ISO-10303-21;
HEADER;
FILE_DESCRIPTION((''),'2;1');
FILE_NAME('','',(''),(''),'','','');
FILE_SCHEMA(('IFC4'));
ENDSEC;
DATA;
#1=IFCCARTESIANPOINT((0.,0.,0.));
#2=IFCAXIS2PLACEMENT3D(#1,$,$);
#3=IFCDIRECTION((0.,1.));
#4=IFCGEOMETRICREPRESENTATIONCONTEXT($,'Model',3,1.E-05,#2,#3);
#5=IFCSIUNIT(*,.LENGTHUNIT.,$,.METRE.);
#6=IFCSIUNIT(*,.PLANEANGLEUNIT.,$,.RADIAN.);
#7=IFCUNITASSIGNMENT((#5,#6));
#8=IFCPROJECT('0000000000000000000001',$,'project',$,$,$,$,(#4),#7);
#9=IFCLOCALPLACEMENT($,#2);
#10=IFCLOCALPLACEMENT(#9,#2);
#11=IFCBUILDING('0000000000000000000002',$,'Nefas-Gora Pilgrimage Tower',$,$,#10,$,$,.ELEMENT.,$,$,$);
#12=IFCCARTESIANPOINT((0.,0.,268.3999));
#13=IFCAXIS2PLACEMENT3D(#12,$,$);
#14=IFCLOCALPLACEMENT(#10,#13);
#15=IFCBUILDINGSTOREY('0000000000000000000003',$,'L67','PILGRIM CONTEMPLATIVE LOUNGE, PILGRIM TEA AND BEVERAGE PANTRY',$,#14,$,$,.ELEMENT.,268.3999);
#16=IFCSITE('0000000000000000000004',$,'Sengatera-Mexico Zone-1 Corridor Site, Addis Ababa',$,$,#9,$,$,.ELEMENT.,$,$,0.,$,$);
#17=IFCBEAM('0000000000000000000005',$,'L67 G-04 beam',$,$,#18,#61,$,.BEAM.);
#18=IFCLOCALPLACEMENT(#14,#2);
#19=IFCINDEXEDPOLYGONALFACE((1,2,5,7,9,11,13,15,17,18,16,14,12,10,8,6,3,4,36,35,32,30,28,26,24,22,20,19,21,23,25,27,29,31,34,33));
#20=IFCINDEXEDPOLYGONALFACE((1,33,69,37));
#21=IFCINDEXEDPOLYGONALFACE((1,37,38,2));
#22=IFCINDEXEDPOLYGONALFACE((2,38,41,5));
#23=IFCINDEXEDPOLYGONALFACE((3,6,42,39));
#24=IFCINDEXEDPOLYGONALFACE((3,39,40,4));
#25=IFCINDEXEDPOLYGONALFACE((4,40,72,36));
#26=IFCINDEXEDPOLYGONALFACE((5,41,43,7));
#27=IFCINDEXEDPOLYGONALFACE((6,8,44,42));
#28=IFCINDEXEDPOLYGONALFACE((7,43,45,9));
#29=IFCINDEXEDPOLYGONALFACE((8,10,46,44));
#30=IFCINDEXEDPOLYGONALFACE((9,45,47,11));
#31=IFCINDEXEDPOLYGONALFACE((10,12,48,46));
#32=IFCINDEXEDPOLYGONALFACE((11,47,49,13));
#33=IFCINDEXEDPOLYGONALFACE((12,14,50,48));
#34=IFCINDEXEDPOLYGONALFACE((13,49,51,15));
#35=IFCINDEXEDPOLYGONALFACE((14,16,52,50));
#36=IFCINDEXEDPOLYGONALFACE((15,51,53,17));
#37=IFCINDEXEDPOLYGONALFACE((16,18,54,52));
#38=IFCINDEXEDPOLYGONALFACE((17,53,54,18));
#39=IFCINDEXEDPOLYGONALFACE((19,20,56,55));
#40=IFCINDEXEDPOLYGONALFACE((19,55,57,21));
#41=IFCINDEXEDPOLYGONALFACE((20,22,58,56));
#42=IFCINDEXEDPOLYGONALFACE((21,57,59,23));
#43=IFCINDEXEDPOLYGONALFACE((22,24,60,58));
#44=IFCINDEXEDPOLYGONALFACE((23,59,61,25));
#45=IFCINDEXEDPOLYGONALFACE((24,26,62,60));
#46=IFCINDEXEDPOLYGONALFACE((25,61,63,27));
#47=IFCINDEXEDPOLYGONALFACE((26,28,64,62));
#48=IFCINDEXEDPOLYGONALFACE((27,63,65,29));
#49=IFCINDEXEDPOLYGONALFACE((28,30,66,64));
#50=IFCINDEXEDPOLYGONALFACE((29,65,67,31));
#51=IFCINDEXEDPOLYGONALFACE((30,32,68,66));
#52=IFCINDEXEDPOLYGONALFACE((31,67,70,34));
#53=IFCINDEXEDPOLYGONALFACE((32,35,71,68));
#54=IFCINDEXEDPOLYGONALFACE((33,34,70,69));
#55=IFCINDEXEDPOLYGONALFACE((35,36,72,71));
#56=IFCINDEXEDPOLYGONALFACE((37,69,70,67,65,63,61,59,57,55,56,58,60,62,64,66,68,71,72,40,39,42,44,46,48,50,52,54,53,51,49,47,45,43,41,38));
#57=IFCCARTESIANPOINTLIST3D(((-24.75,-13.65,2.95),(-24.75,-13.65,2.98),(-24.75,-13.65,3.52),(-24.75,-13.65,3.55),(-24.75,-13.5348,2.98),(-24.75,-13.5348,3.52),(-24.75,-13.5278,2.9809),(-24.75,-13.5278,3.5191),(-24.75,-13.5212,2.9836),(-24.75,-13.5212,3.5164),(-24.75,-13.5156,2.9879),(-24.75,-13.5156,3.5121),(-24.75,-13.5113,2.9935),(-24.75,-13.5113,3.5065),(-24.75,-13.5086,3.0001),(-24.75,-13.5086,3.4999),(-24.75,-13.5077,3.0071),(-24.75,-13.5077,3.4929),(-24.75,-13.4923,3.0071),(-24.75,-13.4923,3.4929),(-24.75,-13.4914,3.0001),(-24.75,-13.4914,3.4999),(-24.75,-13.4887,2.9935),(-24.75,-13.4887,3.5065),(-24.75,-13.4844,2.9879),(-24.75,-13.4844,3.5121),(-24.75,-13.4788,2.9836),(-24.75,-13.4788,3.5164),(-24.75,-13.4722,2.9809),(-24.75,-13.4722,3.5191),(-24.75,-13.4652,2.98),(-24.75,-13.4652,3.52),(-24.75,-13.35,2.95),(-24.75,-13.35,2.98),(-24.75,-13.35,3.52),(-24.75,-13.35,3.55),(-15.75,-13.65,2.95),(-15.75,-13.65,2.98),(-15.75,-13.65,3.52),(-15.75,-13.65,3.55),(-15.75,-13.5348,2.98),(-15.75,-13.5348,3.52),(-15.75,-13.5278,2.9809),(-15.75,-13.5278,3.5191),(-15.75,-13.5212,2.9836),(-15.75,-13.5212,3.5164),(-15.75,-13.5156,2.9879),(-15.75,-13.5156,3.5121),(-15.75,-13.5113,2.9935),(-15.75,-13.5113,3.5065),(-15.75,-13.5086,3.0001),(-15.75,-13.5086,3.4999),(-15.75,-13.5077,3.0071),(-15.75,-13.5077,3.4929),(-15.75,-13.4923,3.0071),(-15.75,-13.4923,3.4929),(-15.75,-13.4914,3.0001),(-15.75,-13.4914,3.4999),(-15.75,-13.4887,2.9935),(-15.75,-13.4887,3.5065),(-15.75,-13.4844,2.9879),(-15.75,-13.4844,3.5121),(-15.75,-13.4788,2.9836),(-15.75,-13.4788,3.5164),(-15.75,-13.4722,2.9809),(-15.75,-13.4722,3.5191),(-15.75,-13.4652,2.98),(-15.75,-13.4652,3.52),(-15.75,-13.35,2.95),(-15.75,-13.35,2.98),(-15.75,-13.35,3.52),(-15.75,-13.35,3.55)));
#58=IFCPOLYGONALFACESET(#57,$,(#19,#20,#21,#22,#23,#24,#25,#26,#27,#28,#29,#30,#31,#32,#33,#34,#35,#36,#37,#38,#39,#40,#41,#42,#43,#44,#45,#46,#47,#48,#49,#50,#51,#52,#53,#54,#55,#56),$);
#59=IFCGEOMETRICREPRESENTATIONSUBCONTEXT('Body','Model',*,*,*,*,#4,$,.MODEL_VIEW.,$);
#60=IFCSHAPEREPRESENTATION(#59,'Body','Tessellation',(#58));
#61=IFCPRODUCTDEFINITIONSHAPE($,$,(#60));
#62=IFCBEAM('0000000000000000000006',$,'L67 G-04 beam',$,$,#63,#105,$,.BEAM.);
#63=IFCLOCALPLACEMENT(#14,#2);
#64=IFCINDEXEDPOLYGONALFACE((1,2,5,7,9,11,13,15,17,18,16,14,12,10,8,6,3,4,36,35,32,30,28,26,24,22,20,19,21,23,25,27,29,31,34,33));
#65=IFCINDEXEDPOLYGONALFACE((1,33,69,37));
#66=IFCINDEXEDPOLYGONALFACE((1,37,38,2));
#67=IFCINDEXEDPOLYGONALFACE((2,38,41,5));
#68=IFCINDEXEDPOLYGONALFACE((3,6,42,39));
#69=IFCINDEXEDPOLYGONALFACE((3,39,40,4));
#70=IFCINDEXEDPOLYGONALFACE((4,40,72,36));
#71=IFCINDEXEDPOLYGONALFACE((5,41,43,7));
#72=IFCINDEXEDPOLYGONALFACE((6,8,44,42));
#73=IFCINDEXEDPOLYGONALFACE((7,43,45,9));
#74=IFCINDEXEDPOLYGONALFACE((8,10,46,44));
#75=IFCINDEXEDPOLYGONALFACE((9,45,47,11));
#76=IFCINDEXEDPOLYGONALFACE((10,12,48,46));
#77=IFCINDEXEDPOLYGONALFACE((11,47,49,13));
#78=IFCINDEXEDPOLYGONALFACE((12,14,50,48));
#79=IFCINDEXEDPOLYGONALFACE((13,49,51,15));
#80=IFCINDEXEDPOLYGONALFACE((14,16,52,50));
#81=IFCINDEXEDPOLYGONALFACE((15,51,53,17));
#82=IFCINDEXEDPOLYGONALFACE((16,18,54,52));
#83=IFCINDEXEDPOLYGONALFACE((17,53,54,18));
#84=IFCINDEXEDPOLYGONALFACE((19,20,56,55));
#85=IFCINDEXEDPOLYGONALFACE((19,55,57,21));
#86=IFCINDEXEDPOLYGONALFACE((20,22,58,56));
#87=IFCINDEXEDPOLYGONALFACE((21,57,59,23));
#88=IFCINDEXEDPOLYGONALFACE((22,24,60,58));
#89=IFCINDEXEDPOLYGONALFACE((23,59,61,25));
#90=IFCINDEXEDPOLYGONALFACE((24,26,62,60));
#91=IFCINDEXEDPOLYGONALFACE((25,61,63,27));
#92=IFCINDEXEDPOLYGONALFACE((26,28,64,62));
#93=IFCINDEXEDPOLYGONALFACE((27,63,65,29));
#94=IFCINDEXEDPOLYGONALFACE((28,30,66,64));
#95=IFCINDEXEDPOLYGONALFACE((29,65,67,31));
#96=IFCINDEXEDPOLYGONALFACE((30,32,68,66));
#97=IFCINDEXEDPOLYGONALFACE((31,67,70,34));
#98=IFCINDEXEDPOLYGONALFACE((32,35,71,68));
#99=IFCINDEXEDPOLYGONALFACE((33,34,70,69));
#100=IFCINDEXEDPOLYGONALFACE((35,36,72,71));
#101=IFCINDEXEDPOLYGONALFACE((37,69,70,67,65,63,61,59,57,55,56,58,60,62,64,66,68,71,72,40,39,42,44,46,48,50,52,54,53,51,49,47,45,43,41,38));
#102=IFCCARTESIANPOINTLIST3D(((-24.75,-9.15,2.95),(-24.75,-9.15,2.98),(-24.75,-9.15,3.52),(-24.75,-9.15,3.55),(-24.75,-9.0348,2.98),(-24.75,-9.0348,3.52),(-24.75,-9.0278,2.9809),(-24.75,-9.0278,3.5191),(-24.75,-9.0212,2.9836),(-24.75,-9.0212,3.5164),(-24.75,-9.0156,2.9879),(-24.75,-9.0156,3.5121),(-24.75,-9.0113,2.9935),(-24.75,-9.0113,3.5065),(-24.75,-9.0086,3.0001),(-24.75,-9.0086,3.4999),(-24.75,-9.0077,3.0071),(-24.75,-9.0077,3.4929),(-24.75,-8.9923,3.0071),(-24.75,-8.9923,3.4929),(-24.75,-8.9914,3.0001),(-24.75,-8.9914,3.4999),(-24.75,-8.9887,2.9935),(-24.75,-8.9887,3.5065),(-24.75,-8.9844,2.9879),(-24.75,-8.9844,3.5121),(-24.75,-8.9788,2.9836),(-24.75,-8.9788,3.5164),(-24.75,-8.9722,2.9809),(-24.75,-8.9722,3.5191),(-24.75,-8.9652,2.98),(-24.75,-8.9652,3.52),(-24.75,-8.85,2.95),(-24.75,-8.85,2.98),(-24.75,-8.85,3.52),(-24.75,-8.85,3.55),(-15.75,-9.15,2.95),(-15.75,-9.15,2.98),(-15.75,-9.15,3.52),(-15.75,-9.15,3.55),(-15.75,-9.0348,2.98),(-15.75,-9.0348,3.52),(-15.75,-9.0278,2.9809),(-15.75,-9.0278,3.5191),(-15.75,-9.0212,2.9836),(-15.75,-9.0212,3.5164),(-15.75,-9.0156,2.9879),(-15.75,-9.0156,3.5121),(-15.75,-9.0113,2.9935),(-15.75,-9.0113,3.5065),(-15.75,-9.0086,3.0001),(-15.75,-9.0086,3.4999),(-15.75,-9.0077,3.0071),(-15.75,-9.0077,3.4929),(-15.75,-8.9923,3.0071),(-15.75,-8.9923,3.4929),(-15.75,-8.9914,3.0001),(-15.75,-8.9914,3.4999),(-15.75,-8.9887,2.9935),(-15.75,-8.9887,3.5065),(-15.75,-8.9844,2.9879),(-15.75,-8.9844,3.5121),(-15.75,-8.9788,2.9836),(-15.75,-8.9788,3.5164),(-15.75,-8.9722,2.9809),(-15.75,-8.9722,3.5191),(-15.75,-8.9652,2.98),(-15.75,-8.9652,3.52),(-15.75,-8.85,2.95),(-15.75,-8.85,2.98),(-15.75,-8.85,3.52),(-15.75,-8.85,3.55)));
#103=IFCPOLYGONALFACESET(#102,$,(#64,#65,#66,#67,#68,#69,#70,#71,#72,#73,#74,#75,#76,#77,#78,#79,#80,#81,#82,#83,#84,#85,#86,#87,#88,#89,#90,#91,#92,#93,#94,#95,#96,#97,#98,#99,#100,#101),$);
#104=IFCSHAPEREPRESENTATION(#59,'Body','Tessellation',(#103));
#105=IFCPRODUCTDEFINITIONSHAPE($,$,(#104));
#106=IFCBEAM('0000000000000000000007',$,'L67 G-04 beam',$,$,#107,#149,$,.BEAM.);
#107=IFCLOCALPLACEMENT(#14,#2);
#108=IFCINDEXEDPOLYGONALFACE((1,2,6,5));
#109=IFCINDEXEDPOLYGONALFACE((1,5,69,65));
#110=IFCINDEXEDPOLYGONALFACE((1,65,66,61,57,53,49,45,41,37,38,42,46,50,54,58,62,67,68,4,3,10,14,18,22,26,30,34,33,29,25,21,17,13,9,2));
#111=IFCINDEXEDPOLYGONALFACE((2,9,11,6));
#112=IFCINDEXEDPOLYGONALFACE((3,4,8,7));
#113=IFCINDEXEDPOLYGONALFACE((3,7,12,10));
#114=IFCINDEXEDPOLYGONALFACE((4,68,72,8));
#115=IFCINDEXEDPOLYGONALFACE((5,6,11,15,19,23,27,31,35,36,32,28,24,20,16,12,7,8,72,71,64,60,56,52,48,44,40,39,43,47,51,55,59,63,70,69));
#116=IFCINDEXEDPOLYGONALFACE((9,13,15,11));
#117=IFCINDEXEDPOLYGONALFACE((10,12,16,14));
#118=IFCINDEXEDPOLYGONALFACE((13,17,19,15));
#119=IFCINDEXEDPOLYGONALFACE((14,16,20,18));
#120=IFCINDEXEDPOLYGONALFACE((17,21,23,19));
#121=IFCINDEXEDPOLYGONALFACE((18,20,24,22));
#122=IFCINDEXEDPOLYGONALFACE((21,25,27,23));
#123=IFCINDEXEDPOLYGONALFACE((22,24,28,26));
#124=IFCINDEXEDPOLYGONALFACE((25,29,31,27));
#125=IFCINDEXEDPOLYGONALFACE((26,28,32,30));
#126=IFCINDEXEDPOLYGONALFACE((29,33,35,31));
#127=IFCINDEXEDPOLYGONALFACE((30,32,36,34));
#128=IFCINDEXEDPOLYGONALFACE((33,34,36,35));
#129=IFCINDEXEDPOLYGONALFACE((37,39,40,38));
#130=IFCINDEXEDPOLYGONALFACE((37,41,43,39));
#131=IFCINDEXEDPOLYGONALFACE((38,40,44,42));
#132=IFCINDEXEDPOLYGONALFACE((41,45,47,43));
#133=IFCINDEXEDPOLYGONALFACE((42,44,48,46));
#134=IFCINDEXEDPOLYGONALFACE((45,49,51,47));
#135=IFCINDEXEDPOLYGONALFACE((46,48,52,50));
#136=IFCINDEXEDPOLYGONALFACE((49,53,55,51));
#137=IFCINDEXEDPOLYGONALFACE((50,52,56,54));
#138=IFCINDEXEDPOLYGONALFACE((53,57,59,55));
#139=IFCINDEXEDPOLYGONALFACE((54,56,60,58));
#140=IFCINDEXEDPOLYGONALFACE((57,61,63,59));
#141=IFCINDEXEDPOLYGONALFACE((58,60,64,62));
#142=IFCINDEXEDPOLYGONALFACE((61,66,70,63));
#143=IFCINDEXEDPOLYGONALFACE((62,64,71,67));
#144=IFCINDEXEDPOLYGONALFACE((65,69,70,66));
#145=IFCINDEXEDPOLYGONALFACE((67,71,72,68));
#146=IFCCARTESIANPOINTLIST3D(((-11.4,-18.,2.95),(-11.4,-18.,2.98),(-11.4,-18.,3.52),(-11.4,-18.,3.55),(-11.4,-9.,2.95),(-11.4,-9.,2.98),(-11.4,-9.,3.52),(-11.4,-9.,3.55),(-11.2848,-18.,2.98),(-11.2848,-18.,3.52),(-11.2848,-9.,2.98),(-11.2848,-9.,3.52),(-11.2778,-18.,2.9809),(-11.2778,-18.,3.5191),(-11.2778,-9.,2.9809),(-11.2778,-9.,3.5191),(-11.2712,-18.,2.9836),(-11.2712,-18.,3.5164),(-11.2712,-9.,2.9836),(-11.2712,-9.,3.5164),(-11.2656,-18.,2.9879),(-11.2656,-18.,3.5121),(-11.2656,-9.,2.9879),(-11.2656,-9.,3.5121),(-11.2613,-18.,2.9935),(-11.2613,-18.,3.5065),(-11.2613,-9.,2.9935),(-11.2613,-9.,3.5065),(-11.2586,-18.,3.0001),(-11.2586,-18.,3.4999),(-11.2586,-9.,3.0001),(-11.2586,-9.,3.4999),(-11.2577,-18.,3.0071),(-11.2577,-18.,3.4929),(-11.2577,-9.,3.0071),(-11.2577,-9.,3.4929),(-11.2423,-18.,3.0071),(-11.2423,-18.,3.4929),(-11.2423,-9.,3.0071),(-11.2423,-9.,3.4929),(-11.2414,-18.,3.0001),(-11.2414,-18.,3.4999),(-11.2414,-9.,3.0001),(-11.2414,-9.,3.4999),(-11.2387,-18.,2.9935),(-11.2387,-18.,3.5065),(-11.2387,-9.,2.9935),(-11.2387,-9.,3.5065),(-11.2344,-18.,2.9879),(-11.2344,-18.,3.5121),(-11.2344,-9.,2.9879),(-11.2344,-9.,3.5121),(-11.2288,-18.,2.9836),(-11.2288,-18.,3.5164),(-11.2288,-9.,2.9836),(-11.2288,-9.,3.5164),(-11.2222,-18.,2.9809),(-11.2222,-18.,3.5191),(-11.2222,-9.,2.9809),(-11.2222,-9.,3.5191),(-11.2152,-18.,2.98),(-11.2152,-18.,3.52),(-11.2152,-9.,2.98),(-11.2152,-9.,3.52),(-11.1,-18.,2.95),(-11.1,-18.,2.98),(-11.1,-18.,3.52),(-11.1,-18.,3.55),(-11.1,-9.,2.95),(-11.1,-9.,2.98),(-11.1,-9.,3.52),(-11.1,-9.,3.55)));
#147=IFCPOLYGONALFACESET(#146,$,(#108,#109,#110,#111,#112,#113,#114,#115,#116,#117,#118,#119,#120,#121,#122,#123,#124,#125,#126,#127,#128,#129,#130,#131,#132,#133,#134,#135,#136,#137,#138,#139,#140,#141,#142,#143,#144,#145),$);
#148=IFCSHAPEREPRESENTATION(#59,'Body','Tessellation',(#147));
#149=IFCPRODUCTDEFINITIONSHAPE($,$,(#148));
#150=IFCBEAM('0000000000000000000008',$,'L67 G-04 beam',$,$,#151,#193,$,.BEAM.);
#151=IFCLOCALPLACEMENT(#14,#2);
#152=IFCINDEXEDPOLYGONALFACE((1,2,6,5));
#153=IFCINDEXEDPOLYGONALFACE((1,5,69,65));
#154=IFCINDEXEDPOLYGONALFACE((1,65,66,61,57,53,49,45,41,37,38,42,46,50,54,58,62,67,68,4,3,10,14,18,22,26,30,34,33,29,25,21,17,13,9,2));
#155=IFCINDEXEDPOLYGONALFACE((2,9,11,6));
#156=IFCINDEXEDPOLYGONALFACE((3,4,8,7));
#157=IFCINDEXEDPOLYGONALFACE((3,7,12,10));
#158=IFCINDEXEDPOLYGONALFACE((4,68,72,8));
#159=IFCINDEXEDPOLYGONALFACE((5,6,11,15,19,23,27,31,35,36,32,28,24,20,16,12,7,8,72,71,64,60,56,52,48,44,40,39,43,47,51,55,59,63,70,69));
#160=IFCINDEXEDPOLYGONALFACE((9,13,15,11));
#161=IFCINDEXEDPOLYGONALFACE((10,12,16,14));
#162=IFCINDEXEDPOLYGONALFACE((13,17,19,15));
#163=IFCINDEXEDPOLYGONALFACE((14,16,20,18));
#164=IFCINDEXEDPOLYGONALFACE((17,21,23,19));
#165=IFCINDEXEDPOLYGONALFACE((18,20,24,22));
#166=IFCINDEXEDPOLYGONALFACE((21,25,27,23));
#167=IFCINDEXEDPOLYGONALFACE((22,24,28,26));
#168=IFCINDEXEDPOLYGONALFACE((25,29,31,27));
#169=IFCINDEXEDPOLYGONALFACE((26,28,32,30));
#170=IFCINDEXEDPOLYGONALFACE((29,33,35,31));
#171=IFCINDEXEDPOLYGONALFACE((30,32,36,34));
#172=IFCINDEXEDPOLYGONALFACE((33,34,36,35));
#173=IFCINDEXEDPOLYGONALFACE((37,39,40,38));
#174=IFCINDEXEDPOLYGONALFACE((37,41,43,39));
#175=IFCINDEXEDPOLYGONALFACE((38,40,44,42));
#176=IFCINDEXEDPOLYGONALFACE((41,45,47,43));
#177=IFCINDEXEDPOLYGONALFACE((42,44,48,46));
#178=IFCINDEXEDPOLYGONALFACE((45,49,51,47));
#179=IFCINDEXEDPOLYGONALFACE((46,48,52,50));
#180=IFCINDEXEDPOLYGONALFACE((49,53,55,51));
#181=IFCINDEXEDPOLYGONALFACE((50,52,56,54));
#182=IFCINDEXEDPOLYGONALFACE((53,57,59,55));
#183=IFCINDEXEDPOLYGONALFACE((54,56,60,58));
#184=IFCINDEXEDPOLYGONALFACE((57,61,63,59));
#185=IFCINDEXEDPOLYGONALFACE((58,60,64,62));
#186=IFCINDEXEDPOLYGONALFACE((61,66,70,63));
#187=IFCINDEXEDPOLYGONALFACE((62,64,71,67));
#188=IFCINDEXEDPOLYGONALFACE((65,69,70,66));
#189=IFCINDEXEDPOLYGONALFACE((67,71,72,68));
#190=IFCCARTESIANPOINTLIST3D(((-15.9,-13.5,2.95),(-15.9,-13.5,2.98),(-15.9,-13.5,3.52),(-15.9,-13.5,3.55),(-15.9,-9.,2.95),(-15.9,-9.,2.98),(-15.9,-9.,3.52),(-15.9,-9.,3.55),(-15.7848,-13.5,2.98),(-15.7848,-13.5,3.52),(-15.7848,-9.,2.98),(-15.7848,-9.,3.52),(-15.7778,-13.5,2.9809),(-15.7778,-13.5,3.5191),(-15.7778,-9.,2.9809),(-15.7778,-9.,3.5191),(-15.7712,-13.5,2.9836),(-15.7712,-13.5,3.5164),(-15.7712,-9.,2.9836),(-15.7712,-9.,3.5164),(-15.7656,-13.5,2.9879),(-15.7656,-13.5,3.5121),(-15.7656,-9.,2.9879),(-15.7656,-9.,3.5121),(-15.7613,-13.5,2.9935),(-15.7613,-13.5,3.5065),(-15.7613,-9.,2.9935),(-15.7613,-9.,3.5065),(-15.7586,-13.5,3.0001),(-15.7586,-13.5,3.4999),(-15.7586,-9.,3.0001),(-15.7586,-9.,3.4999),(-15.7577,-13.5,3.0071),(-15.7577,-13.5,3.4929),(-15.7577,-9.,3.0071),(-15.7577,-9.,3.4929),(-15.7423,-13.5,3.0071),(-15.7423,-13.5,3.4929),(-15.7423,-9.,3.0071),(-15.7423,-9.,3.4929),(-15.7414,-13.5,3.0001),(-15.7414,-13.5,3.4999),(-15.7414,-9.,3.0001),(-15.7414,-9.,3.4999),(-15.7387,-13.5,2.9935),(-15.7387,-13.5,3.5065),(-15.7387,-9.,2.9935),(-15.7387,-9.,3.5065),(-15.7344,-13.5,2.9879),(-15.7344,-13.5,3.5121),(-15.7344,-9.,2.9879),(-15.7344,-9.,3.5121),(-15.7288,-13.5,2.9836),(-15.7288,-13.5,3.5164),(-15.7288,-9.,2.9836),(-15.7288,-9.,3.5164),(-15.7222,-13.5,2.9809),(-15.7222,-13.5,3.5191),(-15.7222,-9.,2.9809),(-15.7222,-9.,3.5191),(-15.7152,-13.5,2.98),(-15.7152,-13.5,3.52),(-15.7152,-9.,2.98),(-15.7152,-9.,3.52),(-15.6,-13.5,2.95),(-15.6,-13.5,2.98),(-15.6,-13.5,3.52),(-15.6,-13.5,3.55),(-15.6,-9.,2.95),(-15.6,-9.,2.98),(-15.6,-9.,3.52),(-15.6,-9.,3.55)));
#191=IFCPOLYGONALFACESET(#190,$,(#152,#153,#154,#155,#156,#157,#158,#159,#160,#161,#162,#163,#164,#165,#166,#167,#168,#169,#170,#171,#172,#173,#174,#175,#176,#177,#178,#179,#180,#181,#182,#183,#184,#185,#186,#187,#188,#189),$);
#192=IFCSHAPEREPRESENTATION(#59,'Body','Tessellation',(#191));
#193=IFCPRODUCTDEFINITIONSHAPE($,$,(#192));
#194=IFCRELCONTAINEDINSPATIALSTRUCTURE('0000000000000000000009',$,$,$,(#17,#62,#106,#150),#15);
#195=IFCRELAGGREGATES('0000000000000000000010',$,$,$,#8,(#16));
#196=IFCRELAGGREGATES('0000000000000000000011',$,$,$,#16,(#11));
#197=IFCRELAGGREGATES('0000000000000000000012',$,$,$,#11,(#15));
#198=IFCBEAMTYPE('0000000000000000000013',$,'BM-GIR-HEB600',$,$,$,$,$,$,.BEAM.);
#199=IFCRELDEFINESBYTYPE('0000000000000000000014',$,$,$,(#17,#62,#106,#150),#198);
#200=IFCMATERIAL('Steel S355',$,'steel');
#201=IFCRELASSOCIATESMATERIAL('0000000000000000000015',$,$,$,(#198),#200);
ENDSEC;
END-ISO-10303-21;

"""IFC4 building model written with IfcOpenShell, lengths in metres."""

from ifc_helpers import new_model, si_unit, direction, frame, origin, origin_2d, place, context, subcontext, project, spatial, i_section, extrude, source, transform, mapped, material, material_profile, profile_set, type_object, element, save


model = new_model("IFC4")

# Units and contexts
model_context = context("Model", 3, precision=1e-05, world=origin(), true_north=direction((0.0, 1.0)))
body_context = subcontext(model_context, "Body", "Model", "MODEL_VIEW")
ifc_project = project(units=[si_unit("LENGTHUNIT", "METRE"), si_unit("PLANEANGLEUNIT", "RADIAN")], contexts=[model_context])

# Site, building, storey
site_placement = place(None, origin())
site = spatial("IfcSite", under=ifc_project, at=site_placement, Name="Sengatera-Mexico Zone-1 Corridor Site, Addis Ababa", CompositionType="ELEMENT", RefElevation=0.0)
building_placement = place(site_placement, origin())
building = spatial("IfcBuilding", under=site, at=building_placement, Name="Nefas-Gora Pilgrimage Tower", CompositionType="ELEMENT")
storey_placement = place(building_placement, frame((0.0, 0.0, 268.3999)))
storey = spatial("IfcBuildingStorey", under=building, at=storey_placement, Name="L67", Description="PILGRIM CONTEMPLATIVE LOUNGE, PILGRIM TEA AND BEVERAGE PANTRY", CompositionType="ELEMENT", Elevation=268.3999)

# Shared definitions
ifc_material_1 = material(Name="Steel S355", Category="steel")

# Beams
ifc_material_profile_1 = material_profile(ifc_material_1, i_section(OverallWidth=0.3, OverallDepth=0.6001, WebThickness=0.0154, FlangeThickness=0.03, FilletRadius=0.0271, at=origin_2d()), Name="HEB 600")
ifc_profile_set_1 = profile_set([ifc_material_profile_1], Name="Steel S355")
beam_type_1 = type_object("IfcBeamType", Name="BM-GIR-HEB600", PredefinedType="BEAM", material=ifc_profile_set_1)
shared_shape_1 = source(origin(), body_context, "Body", "SweptSolid", [
    extrude(i_section(OverallWidth=0.3, OverallDepth=0.6001, WebThickness=0.0154, FlangeThickness=0.03, FilletRadius=0.0271, at=origin_2d()), origin(), (0.0, 0.0, 1.0), 9.0),
])
for number, where, z_axis, x_axis, name in (
    (1, (-24.75, -13.5, 3.25), (1.0, 0.0, 0.0), (0.0, 1.0, 0.0), "L67 G-04 beam"),
    (2, (-24.75, -9.0, 3.25), (1.0, 0.0, 0.0), (0.0, 1.0, 0.0), "L67 G-04 beam"),
    (3, (-11.25, -18.0, 3.25), (0.0, 1.0, 0.0), (-1.0, 0.0, 0.0), "L67 G-04 beam"),
):
    element("IfcBeam", number, at=place(storey_placement, frame(where, z_axis=z_axis, x_axis=x_axis)), inside=storey, type_object=beam_type_1, Name=name, PredefinedType="BEAM", context=body_context, shape_type="MappedRepresentation", body=[
        mapped(shared_shape_1, transform((0.0, 0.0, 0.0), x_axis=(1.0, 0.0, 0.0), y_axis=(0.0, 1.0, 0.0), z_axis=(0.0, 0.0, 1.0), scale=1.0)),
    ])
shared_shape_2 = source(origin(), body_context, "Body", "SweptSolid", [
    extrude(i_section(OverallWidth=0.3, OverallDepth=0.6001, WebThickness=0.0154, FlangeThickness=0.03, FilletRadius=0.0271, at=origin_2d()), origin(), (0.0, 0.0, 1.0), 4.5),
])
for number, where, z_axis, x_axis, name in (
    (4, (-15.75, -13.5, 3.25), (0.0, 1.0, 0.0), (-1.0, 0.0, 0.0), "L67 G-04 beam"),
):
    element("IfcBeam", number, at=place(storey_placement, frame(where, z_axis=z_axis, x_axis=x_axis)), inside=storey, type_object=beam_type_1, Name=name, PredefinedType="BEAM", context=body_context, shape_type="MappedRepresentation", body=[
        mapped(shared_shape_2, transform((0.0, 0.0, 0.0), x_axis=(1.0, 0.0, 0.0), y_axis=(0.0, 1.0, 0.0), z_axis=(0.0, 0.0, 1.0), scale=1.0)),
    ])

save(model, "model.ifc")
